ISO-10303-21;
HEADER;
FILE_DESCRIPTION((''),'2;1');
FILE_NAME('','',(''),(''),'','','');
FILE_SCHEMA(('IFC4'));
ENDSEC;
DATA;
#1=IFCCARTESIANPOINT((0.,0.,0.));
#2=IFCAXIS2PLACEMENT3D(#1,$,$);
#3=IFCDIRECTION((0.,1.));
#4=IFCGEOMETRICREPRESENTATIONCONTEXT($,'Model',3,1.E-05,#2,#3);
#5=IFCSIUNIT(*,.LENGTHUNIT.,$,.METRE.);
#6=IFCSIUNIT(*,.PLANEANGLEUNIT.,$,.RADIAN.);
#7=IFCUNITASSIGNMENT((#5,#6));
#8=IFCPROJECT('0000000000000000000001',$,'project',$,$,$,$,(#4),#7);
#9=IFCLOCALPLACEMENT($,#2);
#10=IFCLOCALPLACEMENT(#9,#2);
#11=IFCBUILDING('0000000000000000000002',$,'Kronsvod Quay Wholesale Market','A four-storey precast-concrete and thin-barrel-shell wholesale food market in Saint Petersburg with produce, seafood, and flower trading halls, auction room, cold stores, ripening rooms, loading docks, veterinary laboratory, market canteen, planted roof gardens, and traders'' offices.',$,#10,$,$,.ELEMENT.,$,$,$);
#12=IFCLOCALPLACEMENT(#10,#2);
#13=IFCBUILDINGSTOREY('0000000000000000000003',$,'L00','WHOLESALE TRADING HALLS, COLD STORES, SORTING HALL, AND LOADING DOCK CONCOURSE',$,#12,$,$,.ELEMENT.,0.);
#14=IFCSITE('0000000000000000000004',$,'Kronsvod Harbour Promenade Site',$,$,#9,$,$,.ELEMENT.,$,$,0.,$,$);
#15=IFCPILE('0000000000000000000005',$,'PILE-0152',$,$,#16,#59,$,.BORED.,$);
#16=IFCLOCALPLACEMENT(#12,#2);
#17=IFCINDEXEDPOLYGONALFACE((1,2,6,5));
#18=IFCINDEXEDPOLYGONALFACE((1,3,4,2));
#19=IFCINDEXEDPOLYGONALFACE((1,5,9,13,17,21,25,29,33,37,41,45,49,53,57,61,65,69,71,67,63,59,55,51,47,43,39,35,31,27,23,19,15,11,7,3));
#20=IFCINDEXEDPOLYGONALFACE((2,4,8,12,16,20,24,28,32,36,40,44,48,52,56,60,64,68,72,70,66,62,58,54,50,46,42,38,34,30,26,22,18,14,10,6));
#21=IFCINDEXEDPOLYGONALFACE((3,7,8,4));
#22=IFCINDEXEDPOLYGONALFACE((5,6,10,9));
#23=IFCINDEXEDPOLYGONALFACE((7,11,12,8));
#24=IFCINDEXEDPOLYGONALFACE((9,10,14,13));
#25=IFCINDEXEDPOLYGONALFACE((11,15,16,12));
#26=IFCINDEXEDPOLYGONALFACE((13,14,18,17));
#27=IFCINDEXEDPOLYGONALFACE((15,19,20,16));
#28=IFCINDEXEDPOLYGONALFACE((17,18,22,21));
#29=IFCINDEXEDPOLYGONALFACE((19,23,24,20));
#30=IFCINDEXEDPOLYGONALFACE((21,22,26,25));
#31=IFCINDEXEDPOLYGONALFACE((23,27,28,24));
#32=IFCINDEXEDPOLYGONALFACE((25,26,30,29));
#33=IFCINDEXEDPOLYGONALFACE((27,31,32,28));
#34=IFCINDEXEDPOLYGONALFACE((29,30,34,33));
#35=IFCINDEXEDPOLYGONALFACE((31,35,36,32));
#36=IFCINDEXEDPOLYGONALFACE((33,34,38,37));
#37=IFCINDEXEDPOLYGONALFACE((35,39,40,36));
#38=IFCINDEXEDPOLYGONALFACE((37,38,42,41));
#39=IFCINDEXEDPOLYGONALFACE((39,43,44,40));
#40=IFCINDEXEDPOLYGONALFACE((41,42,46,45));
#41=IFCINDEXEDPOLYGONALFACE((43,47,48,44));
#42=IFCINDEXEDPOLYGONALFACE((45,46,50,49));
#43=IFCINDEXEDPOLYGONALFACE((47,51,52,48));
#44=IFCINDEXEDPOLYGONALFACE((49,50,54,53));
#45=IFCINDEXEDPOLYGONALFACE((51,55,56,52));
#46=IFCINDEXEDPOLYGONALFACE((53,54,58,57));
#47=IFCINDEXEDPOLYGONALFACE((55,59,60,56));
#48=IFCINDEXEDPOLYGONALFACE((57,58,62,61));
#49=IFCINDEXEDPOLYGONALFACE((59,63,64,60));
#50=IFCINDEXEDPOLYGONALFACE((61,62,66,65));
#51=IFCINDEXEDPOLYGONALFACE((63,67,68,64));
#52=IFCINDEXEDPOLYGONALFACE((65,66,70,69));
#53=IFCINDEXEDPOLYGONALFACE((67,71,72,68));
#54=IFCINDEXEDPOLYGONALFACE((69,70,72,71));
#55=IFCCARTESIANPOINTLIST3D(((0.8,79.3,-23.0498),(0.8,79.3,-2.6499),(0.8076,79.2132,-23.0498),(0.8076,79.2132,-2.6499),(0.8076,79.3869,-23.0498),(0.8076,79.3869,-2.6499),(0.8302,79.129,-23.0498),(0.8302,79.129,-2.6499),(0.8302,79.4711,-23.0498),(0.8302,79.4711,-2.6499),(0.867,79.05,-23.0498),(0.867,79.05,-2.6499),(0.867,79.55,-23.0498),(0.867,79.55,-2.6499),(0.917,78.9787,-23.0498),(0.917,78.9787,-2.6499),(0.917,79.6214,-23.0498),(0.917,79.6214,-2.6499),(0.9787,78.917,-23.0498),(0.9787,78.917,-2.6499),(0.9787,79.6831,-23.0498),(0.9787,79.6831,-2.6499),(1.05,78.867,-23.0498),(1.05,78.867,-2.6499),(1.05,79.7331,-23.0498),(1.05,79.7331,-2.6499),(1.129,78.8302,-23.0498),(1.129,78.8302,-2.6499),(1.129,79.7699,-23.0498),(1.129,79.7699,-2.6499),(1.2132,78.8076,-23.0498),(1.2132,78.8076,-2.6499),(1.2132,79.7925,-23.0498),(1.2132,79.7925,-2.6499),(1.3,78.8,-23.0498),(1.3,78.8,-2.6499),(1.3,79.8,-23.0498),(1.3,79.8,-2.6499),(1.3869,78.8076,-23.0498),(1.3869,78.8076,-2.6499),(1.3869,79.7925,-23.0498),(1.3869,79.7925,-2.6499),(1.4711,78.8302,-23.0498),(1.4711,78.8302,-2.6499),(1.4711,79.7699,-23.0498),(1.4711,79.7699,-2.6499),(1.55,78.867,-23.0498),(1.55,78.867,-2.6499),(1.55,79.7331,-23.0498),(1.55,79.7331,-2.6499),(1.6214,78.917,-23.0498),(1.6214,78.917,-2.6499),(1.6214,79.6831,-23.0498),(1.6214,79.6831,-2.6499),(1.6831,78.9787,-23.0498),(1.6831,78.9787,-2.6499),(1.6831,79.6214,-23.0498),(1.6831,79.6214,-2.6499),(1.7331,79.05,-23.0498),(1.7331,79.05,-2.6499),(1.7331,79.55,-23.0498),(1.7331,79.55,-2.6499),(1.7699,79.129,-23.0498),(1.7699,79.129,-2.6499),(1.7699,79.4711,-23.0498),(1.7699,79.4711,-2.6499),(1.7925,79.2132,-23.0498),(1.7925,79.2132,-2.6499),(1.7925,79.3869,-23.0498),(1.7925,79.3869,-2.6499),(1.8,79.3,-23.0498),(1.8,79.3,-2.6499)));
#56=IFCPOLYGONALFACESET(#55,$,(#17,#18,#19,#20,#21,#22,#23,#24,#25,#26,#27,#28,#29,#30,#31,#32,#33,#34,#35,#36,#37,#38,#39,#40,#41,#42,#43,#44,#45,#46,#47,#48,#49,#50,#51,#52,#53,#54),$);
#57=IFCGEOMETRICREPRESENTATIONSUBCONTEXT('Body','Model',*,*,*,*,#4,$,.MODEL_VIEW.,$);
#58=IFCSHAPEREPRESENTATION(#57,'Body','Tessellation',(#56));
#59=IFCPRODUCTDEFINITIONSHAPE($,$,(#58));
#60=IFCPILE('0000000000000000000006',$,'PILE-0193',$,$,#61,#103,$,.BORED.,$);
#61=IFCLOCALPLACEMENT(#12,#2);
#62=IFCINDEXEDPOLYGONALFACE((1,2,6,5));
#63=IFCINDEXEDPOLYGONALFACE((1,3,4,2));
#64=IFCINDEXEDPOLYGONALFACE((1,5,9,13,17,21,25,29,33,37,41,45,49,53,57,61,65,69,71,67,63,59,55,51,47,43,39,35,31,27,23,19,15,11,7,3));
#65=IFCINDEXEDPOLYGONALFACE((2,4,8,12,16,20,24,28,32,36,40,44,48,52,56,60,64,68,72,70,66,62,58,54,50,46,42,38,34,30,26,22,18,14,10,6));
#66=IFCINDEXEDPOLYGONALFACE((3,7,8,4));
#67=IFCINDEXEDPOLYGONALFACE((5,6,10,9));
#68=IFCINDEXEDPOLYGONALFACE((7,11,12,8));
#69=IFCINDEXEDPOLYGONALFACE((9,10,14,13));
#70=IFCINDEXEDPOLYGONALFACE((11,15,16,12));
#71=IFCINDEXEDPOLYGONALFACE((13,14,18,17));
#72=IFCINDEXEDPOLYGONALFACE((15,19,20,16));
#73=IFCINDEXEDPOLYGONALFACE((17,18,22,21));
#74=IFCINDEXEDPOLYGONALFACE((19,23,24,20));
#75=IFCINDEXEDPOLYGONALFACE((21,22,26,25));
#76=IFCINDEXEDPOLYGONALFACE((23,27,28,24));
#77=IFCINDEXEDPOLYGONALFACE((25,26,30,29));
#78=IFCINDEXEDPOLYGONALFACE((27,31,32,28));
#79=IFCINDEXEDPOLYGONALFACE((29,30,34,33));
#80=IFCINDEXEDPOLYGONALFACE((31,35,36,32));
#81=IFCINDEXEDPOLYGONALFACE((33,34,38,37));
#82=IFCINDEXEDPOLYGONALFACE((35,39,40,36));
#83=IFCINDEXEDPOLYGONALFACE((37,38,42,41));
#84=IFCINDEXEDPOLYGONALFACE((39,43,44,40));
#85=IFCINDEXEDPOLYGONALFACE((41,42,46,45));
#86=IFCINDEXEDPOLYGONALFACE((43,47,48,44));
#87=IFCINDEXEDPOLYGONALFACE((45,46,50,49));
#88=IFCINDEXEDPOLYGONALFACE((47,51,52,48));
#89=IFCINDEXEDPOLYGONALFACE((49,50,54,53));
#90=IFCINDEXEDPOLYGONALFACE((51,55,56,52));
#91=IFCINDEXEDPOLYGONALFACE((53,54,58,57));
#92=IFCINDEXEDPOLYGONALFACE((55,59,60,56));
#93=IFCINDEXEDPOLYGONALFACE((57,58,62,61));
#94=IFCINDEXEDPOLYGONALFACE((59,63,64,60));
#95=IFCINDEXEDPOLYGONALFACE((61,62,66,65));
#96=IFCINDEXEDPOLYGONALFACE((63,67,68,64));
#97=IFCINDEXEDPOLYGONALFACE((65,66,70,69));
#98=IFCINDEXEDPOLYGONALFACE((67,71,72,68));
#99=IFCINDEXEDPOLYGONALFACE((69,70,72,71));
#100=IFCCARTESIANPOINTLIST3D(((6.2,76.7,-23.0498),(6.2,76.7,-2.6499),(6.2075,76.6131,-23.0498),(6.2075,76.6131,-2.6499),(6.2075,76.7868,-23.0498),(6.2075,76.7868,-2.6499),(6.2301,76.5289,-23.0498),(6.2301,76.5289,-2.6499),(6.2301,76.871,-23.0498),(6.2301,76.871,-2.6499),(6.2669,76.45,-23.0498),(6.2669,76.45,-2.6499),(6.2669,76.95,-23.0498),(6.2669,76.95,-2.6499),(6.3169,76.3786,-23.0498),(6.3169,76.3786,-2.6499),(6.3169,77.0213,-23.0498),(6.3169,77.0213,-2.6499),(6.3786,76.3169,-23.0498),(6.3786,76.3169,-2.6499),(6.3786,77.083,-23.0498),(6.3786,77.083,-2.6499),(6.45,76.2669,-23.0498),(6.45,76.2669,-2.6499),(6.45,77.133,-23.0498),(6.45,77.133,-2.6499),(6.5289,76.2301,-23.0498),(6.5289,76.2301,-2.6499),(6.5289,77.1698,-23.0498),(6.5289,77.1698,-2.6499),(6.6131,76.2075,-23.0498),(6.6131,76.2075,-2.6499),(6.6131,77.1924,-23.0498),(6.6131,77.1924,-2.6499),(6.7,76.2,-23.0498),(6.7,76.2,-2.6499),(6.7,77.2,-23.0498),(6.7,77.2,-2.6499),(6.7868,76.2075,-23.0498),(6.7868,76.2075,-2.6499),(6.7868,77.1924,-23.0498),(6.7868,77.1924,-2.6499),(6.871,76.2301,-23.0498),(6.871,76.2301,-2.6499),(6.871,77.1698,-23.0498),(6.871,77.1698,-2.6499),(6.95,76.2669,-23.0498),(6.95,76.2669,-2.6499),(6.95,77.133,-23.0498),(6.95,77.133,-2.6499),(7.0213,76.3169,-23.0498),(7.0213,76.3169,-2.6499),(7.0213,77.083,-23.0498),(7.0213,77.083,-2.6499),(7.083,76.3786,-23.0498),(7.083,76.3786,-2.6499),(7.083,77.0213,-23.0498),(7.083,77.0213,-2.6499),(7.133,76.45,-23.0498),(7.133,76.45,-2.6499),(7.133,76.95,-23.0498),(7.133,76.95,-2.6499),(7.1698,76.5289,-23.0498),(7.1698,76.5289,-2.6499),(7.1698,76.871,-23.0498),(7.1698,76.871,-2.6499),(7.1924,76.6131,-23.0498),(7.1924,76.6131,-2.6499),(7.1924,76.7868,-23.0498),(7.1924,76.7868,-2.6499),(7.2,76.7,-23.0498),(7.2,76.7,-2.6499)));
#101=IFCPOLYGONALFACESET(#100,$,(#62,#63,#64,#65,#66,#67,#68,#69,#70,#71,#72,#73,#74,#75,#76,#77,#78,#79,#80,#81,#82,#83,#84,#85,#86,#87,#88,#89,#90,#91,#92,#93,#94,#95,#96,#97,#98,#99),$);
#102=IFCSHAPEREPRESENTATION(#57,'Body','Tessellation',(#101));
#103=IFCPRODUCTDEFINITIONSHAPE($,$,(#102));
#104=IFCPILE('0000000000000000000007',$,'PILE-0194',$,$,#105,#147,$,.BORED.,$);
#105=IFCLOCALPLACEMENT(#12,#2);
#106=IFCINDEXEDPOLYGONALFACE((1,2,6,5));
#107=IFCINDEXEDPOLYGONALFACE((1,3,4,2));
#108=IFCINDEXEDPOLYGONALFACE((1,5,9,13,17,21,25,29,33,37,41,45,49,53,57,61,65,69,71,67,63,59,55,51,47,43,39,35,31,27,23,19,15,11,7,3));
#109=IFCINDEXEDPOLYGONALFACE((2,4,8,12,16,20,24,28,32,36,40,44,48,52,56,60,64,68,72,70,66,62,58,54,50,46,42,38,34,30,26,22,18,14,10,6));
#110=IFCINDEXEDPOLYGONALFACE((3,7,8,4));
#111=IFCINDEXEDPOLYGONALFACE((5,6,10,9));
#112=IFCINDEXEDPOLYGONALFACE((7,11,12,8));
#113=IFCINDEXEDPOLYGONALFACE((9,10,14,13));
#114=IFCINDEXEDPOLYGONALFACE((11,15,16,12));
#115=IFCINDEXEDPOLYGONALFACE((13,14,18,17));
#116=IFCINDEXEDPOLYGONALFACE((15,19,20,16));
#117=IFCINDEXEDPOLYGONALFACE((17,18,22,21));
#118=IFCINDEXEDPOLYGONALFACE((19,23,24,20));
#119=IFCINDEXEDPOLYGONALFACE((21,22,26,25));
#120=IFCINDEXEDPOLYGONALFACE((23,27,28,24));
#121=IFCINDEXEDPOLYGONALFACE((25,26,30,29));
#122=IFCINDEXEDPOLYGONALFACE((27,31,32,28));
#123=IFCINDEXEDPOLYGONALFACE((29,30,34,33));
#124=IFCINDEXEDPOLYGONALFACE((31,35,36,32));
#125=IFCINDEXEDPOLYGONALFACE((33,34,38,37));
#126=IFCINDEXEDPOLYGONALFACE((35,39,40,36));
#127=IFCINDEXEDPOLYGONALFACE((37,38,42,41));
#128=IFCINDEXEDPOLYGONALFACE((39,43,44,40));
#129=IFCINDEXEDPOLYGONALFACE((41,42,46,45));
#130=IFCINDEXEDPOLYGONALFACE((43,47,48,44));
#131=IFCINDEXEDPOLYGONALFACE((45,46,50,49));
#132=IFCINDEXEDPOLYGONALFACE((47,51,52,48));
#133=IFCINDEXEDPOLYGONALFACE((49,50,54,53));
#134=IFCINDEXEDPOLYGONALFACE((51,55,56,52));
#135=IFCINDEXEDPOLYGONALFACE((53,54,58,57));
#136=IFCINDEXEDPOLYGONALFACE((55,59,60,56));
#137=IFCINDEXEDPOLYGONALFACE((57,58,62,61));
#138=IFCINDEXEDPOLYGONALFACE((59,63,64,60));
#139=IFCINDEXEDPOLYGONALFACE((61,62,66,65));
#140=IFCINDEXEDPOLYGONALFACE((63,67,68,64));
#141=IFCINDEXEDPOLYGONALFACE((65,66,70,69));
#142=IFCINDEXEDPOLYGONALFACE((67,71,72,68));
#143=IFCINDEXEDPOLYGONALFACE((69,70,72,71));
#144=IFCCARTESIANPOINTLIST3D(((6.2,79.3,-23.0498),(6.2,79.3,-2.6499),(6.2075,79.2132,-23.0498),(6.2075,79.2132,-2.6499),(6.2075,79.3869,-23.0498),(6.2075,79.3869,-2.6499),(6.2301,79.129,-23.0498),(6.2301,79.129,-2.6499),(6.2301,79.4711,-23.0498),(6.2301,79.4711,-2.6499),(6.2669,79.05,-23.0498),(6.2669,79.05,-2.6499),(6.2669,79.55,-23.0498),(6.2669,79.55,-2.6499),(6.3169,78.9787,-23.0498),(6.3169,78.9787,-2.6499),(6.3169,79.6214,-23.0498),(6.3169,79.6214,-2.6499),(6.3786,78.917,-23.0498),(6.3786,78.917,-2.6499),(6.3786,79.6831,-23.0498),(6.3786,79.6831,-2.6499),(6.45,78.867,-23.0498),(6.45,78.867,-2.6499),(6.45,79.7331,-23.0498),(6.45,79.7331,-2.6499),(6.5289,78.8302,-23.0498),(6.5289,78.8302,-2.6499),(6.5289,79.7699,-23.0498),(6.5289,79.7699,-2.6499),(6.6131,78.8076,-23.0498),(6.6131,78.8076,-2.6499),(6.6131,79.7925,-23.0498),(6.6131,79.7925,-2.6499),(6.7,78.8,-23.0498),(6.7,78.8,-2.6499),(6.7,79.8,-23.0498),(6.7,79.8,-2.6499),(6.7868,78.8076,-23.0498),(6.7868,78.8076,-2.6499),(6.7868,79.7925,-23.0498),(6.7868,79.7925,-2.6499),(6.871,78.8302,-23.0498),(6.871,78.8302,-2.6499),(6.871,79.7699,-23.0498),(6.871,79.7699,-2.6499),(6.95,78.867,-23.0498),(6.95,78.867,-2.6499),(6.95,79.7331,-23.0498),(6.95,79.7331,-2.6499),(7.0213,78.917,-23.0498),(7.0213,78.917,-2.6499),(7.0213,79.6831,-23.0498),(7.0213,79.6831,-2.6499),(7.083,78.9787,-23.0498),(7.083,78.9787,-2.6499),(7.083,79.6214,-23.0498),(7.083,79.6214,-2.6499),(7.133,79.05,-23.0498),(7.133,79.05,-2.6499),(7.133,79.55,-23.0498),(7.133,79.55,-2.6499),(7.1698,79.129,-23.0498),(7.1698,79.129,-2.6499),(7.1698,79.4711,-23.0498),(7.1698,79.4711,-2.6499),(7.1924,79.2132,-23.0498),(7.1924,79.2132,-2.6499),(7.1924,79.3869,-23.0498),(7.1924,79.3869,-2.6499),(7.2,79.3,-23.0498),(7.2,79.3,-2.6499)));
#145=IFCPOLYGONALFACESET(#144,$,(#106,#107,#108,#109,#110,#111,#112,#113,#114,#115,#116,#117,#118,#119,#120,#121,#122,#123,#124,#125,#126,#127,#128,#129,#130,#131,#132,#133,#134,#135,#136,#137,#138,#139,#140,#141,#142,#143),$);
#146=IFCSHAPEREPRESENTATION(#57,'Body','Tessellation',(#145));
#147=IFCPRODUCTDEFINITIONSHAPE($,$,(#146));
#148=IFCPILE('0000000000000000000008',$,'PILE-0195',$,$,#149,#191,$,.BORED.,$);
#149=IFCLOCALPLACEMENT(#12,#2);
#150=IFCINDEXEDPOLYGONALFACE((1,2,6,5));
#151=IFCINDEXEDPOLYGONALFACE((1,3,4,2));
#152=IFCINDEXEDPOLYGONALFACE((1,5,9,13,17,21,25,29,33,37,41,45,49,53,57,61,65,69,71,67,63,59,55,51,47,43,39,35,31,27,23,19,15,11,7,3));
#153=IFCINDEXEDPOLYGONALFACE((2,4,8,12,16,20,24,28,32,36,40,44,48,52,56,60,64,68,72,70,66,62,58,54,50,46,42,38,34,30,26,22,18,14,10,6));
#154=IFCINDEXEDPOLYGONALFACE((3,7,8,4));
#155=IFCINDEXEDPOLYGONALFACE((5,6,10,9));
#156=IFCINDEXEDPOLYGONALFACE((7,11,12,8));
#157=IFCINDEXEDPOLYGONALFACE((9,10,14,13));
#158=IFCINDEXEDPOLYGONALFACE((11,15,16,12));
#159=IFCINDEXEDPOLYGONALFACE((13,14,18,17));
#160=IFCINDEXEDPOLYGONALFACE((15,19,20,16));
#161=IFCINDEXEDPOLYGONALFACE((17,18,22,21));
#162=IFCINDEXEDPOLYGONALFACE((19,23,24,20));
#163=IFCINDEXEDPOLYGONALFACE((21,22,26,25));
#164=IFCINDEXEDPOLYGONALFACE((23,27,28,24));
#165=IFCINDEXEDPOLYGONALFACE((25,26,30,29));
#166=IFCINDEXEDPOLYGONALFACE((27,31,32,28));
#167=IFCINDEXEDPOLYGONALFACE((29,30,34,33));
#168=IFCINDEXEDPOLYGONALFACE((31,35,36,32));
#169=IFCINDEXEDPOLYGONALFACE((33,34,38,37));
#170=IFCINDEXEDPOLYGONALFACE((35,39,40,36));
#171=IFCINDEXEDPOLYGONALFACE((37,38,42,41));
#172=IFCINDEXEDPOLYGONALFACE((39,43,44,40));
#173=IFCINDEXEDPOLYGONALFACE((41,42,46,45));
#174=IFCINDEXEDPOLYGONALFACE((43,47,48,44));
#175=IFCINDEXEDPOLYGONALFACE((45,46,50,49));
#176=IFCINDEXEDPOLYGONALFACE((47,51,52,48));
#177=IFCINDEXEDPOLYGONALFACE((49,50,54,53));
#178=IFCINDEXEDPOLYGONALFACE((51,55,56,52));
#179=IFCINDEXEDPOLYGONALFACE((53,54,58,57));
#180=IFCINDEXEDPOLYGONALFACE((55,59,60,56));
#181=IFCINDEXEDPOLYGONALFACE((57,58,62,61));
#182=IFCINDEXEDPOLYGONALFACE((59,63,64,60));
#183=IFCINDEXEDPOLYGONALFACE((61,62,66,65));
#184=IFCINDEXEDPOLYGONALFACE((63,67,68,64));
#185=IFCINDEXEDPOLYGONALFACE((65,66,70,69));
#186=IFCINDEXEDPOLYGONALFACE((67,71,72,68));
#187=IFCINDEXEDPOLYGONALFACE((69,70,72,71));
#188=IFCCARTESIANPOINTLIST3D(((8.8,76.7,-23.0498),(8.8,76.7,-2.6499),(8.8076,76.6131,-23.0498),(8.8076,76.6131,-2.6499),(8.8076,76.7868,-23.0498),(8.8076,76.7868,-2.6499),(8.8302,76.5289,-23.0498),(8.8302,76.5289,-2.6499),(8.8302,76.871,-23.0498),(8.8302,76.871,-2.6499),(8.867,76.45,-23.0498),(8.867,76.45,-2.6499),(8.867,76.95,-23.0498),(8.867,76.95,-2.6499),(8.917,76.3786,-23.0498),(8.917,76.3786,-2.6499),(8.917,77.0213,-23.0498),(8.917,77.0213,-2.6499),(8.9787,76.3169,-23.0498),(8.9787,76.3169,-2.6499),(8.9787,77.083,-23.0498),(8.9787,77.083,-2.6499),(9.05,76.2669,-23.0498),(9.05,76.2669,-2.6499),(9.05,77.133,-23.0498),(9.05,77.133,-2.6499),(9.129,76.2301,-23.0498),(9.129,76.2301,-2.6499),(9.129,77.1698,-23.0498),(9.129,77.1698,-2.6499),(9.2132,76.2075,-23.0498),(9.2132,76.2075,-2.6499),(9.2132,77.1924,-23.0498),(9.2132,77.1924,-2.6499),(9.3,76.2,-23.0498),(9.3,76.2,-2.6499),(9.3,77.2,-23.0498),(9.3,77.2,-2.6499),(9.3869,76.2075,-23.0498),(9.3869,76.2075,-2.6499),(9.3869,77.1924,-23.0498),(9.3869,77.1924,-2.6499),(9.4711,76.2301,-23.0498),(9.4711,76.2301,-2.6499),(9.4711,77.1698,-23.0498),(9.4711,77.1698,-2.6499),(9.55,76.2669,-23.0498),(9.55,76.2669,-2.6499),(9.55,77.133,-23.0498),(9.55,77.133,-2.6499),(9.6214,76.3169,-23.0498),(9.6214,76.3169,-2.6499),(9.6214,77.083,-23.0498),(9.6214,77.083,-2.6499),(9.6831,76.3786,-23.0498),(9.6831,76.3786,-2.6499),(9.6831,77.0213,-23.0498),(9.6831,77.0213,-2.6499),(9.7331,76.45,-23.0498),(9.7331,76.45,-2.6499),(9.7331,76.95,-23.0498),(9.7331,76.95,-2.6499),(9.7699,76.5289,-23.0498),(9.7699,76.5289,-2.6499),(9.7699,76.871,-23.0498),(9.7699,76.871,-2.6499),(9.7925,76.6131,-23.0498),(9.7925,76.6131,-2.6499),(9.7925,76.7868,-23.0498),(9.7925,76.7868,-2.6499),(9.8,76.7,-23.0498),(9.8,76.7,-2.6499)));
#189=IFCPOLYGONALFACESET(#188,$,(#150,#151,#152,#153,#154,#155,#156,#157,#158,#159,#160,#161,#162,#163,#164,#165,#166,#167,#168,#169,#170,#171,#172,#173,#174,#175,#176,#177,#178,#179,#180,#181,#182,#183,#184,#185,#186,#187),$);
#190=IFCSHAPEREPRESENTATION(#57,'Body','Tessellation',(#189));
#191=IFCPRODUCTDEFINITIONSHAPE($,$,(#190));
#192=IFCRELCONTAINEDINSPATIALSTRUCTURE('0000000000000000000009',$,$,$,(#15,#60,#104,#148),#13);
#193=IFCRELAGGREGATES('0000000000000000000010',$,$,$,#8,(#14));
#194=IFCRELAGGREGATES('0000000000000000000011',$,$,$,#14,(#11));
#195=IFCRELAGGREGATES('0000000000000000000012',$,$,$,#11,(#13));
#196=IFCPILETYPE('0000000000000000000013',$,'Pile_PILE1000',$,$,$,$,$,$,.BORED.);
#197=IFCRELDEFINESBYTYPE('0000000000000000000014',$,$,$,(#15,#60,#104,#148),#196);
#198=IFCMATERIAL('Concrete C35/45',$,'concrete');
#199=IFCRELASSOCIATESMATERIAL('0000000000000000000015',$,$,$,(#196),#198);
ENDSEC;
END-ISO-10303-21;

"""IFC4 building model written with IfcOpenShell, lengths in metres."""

from ifc_helpers import new_model, si_unit, direction, frame, origin, origin_2d, place, context, subcontext, project, spatial, circle, extrude, material, material_profile, profile_set, type_object, element, save


model = new_model("IFC4")

# Units and contexts
model_context = context("Model", 3, precision=1e-05, world=origin(), true_north=direction((0.0, 1.0)))
body_context = subcontext(model_context, "Body", "Model", "MODEL_VIEW")
ifc_project = project(units=[si_unit("LENGTHUNIT", "METRE"), si_unit("PLANEANGLEUNIT", "RADIAN")], contexts=[model_context])

# Site, building, storey
site_placement = place(None, origin())
site = spatial("IfcSite", under=ifc_project, at=site_placement, Name="Kronsvod Harbour Promenade Site", CompositionType="ELEMENT", RefElevation=0.0)
building_placement = place(site_placement, origin())
building = spatial("IfcBuilding", under=site, at=building_placement, Name="Kronsvod Quay Wholesale Market", Description="A four-storey precast-concrete and thin-barrel-shell wholesale food market in Saint Petersburg with produce, seafood, and flower trading halls, auction room, cold stores, ripening rooms, loading docks, veterinary laboratory, market canteen, planted roof gardens, and traders' offices.", CompositionType="ELEMENT")
storey_placement = place(building_placement, origin())
storey = spatial("IfcBuildingStorey", under=building, at=storey_placement, Name="L00", Description="WHOLESALE TRADING HALLS, COLD STORES, SORTING HALL, AND LOADING DOCK CONCOURSE", CompositionType="ELEMENT", Elevation=0.0)

# Piles
ifc_material_1 = material(Name="Concrete C35/45", Category="concrete")
ifc_material_profile_1 = material_profile(ifc_material_1, circle(Radius=0.5, at=origin_2d()), Name="PILE1000")
ifc_profile_set_1 = profile_set([ifc_material_profile_1], Name="Concrete C35/45")
pile_type_1 = type_object("IfcPileType", Name="Pile_PILE1000", PredefinedType="BORED", material=ifc_profile_set_1)
for number, where, z_axis, x_axis, name in (
    (1, (1.3, 79.3, -2.6499), (0.0, 0.0, -1.0), (1.0, 0.0, 0.0), "PILE-0152"),
    (2, (6.7, 76.7, -2.6499), (0.0, 0.0, -1.0), (1.0, 0.0, 0.0), "PILE-0193"),
    (3, (6.7, 79.3, -2.6499), (0.0, 0.0, -1.0), (1.0, 0.0, 0.0), "PILE-0194"),
    (4, (9.3, 76.7, -2.6499), (0.0, 0.0, -1.0), (1.0, 0.0, 0.0), "PILE-0195"),
):
    element("IfcPile", number, at=place(storey_placement, frame(where, z_axis=z_axis, x_axis=x_axis)), inside=storey, type_object=pile_type_1, Name=name, PredefinedType="BORED", context=body_context, shape_type="SweptSolid", body=[
        extrude(circle(Radius=0.5, at=origin_2d()), origin(), (0.0, 0.0, 1.0), 20.3999),
    ])

save(model, "model.ifc")
